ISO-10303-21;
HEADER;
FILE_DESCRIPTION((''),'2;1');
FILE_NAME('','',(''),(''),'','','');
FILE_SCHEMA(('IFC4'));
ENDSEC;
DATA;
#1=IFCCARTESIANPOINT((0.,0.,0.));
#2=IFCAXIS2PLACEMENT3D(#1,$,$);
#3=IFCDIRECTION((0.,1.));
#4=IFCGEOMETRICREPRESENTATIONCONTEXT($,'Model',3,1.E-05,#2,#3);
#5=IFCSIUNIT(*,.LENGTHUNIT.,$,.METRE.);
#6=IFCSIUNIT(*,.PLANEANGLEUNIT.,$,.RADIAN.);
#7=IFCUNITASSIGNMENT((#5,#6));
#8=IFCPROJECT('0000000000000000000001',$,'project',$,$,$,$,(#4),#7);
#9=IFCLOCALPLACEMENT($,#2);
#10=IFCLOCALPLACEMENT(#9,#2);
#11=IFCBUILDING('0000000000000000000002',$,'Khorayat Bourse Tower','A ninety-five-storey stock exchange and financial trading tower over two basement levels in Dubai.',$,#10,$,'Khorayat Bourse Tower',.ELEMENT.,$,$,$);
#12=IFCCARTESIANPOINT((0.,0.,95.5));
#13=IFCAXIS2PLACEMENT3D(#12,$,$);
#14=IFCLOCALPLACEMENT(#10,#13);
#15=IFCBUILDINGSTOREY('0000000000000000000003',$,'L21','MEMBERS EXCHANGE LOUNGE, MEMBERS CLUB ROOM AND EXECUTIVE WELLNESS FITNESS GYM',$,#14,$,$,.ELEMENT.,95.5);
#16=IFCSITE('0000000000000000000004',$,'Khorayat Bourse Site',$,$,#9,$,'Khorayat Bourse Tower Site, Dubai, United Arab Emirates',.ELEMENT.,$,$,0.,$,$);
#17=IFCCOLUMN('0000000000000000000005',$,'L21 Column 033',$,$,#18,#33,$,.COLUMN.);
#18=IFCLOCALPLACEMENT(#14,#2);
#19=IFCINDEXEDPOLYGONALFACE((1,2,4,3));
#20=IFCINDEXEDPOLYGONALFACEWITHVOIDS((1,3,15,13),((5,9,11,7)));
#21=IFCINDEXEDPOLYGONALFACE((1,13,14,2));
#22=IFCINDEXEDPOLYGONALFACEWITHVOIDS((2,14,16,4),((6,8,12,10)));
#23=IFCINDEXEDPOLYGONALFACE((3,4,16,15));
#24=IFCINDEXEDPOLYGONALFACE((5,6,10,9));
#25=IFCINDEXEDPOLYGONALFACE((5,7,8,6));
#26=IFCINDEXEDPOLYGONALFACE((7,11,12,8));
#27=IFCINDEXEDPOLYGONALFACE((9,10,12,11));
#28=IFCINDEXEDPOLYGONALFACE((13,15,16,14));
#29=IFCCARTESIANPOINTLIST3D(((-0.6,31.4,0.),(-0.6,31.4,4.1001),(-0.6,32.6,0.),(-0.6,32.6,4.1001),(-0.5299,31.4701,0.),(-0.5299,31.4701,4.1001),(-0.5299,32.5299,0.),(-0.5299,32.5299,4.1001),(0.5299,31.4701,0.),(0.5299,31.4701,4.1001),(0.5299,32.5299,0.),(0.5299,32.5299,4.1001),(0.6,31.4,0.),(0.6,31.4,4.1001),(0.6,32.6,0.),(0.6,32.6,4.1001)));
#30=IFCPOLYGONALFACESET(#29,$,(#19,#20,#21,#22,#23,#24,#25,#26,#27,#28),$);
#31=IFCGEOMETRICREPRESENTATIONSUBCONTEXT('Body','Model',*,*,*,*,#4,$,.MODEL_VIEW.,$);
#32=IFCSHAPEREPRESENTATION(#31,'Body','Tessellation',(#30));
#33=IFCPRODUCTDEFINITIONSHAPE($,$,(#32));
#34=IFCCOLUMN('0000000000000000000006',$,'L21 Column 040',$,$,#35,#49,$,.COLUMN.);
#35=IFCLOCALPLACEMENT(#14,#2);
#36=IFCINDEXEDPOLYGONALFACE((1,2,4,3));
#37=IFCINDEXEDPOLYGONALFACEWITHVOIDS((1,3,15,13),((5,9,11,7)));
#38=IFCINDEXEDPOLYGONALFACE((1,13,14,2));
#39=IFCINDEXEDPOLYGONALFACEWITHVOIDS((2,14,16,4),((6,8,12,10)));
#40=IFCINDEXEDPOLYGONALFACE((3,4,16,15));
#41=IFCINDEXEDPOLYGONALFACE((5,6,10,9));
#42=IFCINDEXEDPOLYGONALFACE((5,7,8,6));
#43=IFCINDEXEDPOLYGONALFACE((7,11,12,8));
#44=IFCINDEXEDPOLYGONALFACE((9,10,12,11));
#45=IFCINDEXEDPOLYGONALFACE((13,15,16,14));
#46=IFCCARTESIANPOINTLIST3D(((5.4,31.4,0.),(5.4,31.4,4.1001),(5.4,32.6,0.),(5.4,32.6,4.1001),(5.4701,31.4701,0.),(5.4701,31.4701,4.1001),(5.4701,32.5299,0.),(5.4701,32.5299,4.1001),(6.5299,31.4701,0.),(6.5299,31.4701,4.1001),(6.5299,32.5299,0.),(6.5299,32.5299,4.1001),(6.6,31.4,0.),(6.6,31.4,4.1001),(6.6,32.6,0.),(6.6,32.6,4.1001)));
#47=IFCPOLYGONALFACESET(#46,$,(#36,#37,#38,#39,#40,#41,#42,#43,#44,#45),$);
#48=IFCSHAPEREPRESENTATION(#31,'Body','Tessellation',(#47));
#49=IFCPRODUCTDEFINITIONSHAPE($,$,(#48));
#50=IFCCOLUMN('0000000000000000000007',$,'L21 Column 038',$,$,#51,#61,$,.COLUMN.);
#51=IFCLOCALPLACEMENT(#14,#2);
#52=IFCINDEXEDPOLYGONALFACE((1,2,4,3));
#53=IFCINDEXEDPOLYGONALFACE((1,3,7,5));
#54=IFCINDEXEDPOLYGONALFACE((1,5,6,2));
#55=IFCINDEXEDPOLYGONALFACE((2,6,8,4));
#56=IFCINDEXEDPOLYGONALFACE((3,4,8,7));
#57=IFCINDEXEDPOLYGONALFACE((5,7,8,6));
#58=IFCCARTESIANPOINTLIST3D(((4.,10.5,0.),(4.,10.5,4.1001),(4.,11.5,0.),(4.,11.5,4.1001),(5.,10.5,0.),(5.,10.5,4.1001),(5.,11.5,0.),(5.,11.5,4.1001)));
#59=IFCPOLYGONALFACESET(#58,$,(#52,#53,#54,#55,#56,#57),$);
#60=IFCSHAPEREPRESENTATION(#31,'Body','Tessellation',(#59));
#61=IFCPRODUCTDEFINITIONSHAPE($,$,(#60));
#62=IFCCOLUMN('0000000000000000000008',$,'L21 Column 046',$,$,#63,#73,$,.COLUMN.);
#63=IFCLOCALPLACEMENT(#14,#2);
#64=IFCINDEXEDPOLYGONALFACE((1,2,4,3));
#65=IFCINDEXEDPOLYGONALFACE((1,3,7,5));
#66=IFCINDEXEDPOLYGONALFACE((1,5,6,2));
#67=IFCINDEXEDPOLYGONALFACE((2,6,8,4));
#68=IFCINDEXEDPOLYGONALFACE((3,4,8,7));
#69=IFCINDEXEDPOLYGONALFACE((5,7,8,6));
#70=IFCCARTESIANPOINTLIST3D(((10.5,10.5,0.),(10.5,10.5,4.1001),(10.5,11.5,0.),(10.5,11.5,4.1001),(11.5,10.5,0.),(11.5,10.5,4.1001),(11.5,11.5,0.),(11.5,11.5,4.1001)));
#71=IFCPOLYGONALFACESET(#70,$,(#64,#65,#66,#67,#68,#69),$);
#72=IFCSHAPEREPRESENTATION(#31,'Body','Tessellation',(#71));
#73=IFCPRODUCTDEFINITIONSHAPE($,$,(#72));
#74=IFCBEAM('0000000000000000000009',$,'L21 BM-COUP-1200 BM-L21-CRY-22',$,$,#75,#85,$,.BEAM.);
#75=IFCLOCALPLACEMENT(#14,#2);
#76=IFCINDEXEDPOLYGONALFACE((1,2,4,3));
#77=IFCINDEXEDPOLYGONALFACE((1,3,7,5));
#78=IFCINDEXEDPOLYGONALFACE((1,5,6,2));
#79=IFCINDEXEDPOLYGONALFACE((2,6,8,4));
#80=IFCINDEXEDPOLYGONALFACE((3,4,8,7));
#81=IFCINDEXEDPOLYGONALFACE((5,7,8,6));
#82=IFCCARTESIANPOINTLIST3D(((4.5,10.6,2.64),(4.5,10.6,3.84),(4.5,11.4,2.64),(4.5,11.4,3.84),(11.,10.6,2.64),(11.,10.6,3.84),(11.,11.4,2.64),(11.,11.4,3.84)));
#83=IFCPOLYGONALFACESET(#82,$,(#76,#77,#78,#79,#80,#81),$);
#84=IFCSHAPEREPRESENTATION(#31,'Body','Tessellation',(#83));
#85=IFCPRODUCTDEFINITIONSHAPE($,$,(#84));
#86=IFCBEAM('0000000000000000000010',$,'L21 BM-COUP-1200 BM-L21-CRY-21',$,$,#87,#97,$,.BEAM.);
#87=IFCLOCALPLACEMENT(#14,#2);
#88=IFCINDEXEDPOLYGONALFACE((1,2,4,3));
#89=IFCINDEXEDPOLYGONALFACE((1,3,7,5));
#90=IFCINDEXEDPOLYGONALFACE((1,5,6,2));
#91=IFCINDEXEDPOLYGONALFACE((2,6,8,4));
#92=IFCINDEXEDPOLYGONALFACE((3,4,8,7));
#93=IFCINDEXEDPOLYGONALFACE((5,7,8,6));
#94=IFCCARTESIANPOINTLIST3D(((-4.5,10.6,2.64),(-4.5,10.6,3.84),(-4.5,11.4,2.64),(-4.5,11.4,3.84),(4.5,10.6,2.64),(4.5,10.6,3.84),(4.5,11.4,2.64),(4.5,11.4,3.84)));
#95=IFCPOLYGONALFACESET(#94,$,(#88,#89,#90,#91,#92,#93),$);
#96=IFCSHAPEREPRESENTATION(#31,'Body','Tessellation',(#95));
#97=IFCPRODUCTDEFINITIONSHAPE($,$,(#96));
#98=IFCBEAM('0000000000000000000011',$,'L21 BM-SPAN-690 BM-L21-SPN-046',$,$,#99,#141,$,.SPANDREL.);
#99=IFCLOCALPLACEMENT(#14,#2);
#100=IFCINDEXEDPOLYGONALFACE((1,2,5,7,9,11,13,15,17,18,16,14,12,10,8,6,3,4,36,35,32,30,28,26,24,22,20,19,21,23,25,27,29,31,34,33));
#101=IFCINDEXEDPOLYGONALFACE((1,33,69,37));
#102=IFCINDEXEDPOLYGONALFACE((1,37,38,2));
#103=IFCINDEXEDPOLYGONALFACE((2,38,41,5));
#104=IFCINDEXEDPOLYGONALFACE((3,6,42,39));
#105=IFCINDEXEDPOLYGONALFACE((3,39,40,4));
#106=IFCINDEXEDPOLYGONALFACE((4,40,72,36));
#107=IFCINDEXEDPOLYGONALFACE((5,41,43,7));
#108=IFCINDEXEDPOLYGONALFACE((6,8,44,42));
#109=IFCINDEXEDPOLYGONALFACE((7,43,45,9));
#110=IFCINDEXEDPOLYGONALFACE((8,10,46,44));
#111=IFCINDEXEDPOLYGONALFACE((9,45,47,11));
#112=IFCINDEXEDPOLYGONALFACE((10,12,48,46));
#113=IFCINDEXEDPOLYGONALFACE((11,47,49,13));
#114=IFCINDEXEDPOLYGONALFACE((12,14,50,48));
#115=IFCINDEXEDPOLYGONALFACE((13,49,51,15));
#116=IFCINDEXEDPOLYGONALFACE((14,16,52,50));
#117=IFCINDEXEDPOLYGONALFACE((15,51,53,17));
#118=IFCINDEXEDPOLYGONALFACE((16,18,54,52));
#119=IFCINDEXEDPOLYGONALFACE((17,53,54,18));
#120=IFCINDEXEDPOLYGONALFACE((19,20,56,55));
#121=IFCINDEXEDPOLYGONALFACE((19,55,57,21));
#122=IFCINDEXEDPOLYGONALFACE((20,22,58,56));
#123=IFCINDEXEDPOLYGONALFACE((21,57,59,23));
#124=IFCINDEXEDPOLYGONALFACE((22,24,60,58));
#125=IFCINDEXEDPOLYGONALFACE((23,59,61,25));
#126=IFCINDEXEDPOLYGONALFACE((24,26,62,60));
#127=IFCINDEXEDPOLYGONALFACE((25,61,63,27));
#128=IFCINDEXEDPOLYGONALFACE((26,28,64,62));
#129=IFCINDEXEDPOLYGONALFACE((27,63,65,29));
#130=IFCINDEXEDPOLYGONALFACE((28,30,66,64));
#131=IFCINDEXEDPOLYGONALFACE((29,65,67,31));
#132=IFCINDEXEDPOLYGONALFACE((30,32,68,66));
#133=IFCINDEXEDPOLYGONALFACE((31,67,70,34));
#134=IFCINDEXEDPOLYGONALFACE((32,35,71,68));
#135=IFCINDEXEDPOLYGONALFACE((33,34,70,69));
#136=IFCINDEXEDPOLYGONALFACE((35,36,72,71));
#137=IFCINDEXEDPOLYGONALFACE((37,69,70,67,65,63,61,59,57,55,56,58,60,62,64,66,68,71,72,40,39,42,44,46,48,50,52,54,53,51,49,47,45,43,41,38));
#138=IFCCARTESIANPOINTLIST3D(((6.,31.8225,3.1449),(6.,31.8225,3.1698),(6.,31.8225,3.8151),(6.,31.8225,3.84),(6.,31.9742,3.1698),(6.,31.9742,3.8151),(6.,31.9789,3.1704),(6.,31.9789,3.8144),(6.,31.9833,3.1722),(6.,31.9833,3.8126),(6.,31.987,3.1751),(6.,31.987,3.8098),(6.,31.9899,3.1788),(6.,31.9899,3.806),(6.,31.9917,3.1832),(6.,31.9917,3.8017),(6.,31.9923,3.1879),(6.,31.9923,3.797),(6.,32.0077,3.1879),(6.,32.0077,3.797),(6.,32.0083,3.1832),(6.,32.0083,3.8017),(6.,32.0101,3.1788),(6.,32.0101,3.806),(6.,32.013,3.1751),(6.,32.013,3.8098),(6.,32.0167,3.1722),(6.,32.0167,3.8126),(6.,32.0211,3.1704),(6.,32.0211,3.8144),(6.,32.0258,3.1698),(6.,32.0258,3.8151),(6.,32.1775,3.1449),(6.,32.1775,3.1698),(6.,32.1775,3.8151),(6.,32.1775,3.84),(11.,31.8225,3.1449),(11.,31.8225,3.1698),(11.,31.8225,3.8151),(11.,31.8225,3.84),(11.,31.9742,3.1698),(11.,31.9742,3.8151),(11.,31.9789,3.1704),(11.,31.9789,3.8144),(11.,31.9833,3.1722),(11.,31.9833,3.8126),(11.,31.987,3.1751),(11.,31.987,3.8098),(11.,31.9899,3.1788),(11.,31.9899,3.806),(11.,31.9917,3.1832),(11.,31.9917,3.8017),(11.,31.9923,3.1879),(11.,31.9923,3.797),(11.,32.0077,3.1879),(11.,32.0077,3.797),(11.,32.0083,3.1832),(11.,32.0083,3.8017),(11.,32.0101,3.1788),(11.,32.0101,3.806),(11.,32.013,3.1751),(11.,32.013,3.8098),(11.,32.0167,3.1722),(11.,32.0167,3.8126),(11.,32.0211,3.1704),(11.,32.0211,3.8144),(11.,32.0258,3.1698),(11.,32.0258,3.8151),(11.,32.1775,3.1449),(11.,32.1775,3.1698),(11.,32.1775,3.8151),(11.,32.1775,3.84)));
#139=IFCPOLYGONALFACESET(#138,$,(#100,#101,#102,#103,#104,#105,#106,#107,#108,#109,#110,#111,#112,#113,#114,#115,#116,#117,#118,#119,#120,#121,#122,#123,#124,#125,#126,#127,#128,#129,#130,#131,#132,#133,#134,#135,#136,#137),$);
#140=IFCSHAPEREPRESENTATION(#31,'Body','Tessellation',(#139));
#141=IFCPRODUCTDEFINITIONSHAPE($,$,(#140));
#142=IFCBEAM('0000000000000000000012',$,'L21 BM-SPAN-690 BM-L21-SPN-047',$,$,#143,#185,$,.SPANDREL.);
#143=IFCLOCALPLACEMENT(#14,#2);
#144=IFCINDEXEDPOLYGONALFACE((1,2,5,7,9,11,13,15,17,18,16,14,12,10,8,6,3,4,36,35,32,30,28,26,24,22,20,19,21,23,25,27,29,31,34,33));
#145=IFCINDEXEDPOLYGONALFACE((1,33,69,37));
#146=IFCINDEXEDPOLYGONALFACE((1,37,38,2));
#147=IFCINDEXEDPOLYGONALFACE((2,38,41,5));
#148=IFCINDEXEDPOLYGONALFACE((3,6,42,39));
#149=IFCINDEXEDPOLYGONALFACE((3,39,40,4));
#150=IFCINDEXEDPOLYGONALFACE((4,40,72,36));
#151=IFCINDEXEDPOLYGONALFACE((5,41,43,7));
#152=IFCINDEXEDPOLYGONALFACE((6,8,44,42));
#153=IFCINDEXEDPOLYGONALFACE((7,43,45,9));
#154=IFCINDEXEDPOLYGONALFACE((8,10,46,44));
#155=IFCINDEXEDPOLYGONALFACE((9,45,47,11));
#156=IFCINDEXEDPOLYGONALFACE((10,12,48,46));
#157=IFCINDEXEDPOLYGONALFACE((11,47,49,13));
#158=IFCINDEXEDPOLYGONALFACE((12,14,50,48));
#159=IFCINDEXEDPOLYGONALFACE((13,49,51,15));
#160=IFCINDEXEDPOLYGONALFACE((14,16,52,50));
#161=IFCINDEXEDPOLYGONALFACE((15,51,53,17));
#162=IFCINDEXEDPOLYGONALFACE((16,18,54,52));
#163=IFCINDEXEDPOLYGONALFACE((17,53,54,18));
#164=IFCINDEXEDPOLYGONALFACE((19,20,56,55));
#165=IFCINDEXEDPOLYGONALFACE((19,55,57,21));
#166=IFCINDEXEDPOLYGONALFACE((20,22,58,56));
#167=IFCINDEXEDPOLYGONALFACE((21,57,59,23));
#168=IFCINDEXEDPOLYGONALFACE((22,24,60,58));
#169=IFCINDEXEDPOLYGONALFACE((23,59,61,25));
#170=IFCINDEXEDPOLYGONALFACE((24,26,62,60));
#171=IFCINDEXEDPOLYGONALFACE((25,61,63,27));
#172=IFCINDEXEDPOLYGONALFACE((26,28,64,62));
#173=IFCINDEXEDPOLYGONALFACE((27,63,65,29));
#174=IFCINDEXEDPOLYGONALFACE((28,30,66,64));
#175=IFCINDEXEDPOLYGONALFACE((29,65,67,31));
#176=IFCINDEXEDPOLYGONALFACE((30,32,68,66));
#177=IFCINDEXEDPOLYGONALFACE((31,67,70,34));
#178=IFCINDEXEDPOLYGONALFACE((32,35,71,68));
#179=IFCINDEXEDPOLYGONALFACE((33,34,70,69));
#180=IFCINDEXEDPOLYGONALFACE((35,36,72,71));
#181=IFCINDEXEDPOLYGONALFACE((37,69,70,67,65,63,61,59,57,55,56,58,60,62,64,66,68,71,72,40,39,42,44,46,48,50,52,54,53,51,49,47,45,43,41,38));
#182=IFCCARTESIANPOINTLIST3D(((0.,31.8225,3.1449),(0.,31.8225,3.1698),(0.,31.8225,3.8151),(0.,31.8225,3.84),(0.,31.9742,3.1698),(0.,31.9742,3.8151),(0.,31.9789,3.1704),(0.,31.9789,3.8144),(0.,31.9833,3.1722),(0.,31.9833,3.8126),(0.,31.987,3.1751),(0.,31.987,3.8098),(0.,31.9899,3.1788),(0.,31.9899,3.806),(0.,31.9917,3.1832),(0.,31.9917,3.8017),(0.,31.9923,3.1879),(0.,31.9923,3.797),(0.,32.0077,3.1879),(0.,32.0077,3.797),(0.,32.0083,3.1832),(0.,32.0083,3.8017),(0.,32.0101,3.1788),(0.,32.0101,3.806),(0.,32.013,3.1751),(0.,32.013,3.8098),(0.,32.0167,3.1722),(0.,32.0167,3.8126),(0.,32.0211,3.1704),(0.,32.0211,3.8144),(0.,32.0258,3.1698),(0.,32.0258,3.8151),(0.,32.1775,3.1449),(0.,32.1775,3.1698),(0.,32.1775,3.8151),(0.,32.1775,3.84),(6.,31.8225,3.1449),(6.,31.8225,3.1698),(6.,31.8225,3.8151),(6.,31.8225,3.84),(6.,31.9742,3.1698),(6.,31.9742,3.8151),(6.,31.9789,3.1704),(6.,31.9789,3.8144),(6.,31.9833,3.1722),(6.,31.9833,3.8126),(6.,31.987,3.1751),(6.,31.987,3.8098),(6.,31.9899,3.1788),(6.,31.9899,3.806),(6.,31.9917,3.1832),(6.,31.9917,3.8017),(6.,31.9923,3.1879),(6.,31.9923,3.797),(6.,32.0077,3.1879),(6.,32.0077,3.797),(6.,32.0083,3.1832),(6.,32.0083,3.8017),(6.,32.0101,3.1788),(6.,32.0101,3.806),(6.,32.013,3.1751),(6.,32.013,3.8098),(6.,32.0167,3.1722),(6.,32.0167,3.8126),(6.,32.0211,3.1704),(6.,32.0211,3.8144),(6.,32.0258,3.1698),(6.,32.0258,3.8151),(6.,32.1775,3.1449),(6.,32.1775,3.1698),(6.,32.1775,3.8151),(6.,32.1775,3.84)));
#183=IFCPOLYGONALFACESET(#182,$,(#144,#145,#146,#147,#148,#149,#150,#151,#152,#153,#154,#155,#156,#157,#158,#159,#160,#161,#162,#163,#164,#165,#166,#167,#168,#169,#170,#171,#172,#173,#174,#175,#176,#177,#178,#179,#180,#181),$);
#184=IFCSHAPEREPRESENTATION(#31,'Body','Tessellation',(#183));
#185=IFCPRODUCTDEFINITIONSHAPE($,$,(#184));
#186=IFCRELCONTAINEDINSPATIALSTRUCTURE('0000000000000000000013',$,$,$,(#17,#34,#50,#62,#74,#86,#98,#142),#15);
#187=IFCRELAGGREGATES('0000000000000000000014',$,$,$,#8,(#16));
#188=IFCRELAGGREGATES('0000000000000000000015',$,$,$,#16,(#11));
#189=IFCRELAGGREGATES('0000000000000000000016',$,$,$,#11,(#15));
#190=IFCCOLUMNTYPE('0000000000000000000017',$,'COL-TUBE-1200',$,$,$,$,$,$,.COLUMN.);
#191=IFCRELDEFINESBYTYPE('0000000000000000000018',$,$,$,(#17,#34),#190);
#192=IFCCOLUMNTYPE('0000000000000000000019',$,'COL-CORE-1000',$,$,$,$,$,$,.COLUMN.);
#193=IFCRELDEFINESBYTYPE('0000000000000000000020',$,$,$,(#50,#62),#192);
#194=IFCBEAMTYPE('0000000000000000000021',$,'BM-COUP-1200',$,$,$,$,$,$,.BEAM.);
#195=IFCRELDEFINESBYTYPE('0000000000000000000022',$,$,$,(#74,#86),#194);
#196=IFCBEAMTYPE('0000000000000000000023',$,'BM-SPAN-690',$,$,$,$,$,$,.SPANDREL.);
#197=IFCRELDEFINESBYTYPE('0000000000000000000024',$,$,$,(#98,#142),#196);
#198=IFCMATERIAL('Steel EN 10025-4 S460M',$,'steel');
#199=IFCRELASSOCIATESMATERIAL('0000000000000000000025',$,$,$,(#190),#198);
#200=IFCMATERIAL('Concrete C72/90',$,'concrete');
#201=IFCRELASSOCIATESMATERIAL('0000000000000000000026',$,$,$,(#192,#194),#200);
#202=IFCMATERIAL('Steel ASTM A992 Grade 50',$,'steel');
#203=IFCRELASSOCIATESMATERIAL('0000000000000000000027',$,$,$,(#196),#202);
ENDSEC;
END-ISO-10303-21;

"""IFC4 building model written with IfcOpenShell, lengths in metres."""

from ifc_helpers import new_model, si_unit, direction, frame, origin, origin_2d, place, context, subcontext, project, spatial, rectangle, hollow_rectangle, i_section, extrude, source, transform, mapped, material, material_profile, profile_set, type_object, element, save


model = new_model("IFC4")

# Units and contexts
model_context = context("Model", 3, precision=1e-05, world=origin(), true_north=direction((0.0, 1.0)))
body_context = subcontext(model_context, "Body", "Model", "MODEL_VIEW")
ifc_project = project(units=[si_unit("LENGTHUNIT", "METRE"), si_unit("PLANEANGLEUNIT", "RADIAN")], contexts=[model_context])

# Site, building, storey
site_placement = place(None, origin())
site = spatial("IfcSite", under=ifc_project, at=site_placement, Name="Khorayat Bourse Site", LongName="Khorayat Bourse Tower Site, Dubai, United Arab Emirates", CompositionType="ELEMENT", RefElevation=0.0)
building_placement = place(site_placement, origin())
building = spatial("IfcBuilding", under=site, at=building_placement, Name="Khorayat Bourse Tower", Description="A ninety-five-storey stock exchange and financial trading tower over two basement levels in Dubai.", LongName="Khorayat Bourse Tower", CompositionType="ELEMENT")
storey_placement = place(building_placement, frame((0.0, 0.0, 95.5)))
storey = spatial("IfcBuildingStorey", under=building, at=storey_placement, Name="L21", Description="MEMBERS EXCHANGE LOUNGE, MEMBERS CLUB ROOM AND EXECUTIVE WELLNESS FITNESS GYM", CompositionType="ELEMENT", Elevation=95.5)

# Columns
ifc_material_1 = material(Name="Steel EN 10025-4 S460M", Category="steel")
ifc_material_profile_1 = material_profile(ifc_material_1, hollow_rectangle(XDim=1.2, YDim=1.2, WallThickness=0.0701, at=origin_2d()), Name="BOX 1200x1200x70")
ifc_profile_set_1 = profile_set([ifc_material_profile_1], Name="Steel EN 10025-4 S460M")
column_type_1 = type_object("IfcColumnType", Name="COL-TUBE-1200", PredefinedType="COLUMN", material=ifc_profile_set_1)
shared_shape_1 = source(origin(), body_context, "Body", "SweptSolid", [
    extrude(hollow_rectangle(XDim=1.2, YDim=1.2, WallThickness=0.0701, at=origin_2d()), origin(), (0.0, 0.0, 1.0), 4.1001),
])
for number, where, z_axis, x_axis, name in (
    (1, (0.0, 32.0, 0.0), (0.0, 0.0, 1.0), (1.0, 0.0, 0.0), "L21 Column 033"),
    (2, (6.0, 32.0, 0.0), (0.0, 0.0, 1.0), (1.0, 0.0, 0.0), "L21 Column 040"),
):
    element("IfcColumn", number, at=place(storey_placement, frame(where, z_axis=z_axis, x_axis=x_axis)), inside=storey, type_object=column_type_1, Name=name, PredefinedType="COLUMN", context=body_context, shape_type="MappedRepresentation", body=[
        mapped(shared_shape_1, transform((0.0, 0.0, 0.0), scale=1.0)),
    ])
ifc_material_2 = material(Name="Concrete C72/90", Category="concrete")
ifc_material_profile_2 = material_profile(ifc_material_2, rectangle(XDim=1.0, YDim=1.0, at=origin_2d()), Name="RC 1000x1000")
ifc_profile_set_2 = profile_set([ifc_material_profile_2], Name="Concrete C72/90")
column_type_2 = type_object("IfcColumnType", Name="COL-CORE-1000", PredefinedType="COLUMN", material=ifc_profile_set_2)
shared_shape_2 = source(origin(), body_context, "Body", "SweptSolid", [
    extrude(rectangle(XDim=1.0, YDim=1.0, at=origin_2d()), origin(), (0.0, 0.0, 1.0), 4.1001),
])
for number, where, z_axis, x_axis, name in (
    (3, (4.5, 11.0, 0.0), (0.0, 0.0, 1.0), (1.0, 0.0, 0.0), "L21 Column 038"),
    (4, (11.0, 11.0, 0.0), (0.0, 0.0, 1.0), (1.0, 0.0, 0.0), "L21 Column 046"),
):
    element("IfcColumn", number, at=place(storey_placement, frame(where, z_axis=z_axis, x_axis=x_axis)), inside=storey, type_object=column_type_2, Name=name, PredefinedType="COLUMN", context=body_context, shape_type="MappedRepresentation", body=[
        mapped(shared_shape_2, transform((0.0, 0.0, 0.0), scale=1.0)),
    ])

# Beams
ifc_material_profile_3 = material_profile(ifc_material_2, rectangle(XDim=0.8, YDim=1.2, at=origin_2d()), Name="RC 800x1200")
ifc_profile_set_3 = profile_set([ifc_material_profile_3], Name="Concrete C72/90")
beam_type_1 = type_object("IfcBeamType", Name="BM-COUP-1200", PredefinedType="BEAM", material=ifc_profile_set_3)
shared_shape_3 = source(origin(), body_context, "Body", "SweptSolid", [
    extrude(rectangle(XDim=0.8, YDim=1.2, at=origin_2d()), origin(), (0.0, 0.0, 1.0), 6.5),
])
beam_1_placement = place(storey_placement, frame((4.5, 11.0, 3.24), z_axis=(1.0, 0.0, 0.0), x_axis=(0.0, 1.0, 0.0)))
element("IfcBeam", 5, at=beam_1_placement, inside=storey, type_object=beam_type_1, Name="L21 BM-COUP-1200 BM-L21-CRY-22", PredefinedType="BEAM", context=body_context, shape_type="MappedRepresentation", body=[
    mapped(shared_shape_3, transform((0.0, 0.0, 0.0), scale=1.0)),
])
shared_shape_4 = source(origin(), body_context, "Body", "SweptSolid", [
    extrude(rectangle(XDim=0.8, YDim=1.2, at=origin_2d()), origin(), (0.0, 0.0, 1.0), 9.0),
])
beam_2_placement = place(storey_placement, frame((-4.5, 11.0, 3.24), z_axis=(1.0, 0.0, 0.0), x_axis=(0.0, 1.0, 0.0)))
element("IfcBeam", 6, at=beam_2_placement, inside=storey, type_object=beam_type_1, Name="L21 BM-COUP-1200 BM-L21-CRY-21", PredefinedType="BEAM", context=body_context, shape_type="MappedRepresentation", body=[
    mapped(shared_shape_4, transform((0.0, 0.0, 0.0), scale=1.0)),
])
ifc_material_3 = material(Name="Steel ASTM A992 Grade 50", Category="steel")
ifc_material_profile_4 = material_profile(ifc_material_3, i_section(OverallWidth=0.355, OverallDepth=0.6951, WebThickness=0.0154, FlangeThickness=0.0249, FilletRadius=0.0181, at=origin_2d()), Name="W690X217")
ifc_profile_set_4 = profile_set([ifc_material_profile_4], Name="Steel ASTM A992 Grade 50")
beam_type_2 = type_object("IfcBeamType", Name="BM-SPAN-690", PredefinedType="SPANDREL", material=ifc_profile_set_4)
shared_shape_5 = source(origin(), body_context, "Body", "SweptSolid", [
    extrude(i_section(OverallWidth=0.355, OverallDepth=0.6951, WebThickness=0.0154, FlangeThickness=0.0249, FilletRadius=0.0181, at=origin_2d()), origin(), (0.0, 0.0, 1.0), 5.0),
])
beam_3_placement = place(storey_placement, frame((6.0, 32.0, 3.4924), z_axis=(1.0, 0.0, 0.0), x_axis=(0.0, 1.0, 0.0)))
element("IfcBeam", 7, at=beam_3_placement, inside=storey, type_object=beam_type_2, Name="L21 BM-SPAN-690 BM-L21-SPN-046", PredefinedType="SPANDREL", context=body_context, shape_type="MappedRepresentation", body=[
    mapped(shared_shape_5, transform((0.0, 0.0, 0.0), scale=1.0)),
])
shared_shape_6 = source(origin(), body_context, "Body", "SweptSolid", [
    extrude(i_section(OverallWidth=0.355, OverallDepth=0.6951, WebThickness=0.0154, FlangeThickness=0.0249, FilletRadius=0.0181, at=origin_2d()), origin(), (0.0, 0.0, 1.0), 6.0),
])
beam_4_placement = place(storey_placement, frame((0.0, 32.0, 3.4924), z_axis=(1.0, 0.0, 0.0), x_axis=(0.0, 1.0, 0.0)))
element("IfcBeam", 8, at=beam_4_placement, inside=storey, type_object=beam_type_2, Name="L21 BM-SPAN-690 BM-L21-SPN-047", PredefinedType="SPANDREL", context=body_context, shape_type="MappedRepresentation", body=[
    mapped(shared_shape_6, transform((0.0, 0.0, 0.0), scale=1.0)),
])

save(model, "model.ifc")
